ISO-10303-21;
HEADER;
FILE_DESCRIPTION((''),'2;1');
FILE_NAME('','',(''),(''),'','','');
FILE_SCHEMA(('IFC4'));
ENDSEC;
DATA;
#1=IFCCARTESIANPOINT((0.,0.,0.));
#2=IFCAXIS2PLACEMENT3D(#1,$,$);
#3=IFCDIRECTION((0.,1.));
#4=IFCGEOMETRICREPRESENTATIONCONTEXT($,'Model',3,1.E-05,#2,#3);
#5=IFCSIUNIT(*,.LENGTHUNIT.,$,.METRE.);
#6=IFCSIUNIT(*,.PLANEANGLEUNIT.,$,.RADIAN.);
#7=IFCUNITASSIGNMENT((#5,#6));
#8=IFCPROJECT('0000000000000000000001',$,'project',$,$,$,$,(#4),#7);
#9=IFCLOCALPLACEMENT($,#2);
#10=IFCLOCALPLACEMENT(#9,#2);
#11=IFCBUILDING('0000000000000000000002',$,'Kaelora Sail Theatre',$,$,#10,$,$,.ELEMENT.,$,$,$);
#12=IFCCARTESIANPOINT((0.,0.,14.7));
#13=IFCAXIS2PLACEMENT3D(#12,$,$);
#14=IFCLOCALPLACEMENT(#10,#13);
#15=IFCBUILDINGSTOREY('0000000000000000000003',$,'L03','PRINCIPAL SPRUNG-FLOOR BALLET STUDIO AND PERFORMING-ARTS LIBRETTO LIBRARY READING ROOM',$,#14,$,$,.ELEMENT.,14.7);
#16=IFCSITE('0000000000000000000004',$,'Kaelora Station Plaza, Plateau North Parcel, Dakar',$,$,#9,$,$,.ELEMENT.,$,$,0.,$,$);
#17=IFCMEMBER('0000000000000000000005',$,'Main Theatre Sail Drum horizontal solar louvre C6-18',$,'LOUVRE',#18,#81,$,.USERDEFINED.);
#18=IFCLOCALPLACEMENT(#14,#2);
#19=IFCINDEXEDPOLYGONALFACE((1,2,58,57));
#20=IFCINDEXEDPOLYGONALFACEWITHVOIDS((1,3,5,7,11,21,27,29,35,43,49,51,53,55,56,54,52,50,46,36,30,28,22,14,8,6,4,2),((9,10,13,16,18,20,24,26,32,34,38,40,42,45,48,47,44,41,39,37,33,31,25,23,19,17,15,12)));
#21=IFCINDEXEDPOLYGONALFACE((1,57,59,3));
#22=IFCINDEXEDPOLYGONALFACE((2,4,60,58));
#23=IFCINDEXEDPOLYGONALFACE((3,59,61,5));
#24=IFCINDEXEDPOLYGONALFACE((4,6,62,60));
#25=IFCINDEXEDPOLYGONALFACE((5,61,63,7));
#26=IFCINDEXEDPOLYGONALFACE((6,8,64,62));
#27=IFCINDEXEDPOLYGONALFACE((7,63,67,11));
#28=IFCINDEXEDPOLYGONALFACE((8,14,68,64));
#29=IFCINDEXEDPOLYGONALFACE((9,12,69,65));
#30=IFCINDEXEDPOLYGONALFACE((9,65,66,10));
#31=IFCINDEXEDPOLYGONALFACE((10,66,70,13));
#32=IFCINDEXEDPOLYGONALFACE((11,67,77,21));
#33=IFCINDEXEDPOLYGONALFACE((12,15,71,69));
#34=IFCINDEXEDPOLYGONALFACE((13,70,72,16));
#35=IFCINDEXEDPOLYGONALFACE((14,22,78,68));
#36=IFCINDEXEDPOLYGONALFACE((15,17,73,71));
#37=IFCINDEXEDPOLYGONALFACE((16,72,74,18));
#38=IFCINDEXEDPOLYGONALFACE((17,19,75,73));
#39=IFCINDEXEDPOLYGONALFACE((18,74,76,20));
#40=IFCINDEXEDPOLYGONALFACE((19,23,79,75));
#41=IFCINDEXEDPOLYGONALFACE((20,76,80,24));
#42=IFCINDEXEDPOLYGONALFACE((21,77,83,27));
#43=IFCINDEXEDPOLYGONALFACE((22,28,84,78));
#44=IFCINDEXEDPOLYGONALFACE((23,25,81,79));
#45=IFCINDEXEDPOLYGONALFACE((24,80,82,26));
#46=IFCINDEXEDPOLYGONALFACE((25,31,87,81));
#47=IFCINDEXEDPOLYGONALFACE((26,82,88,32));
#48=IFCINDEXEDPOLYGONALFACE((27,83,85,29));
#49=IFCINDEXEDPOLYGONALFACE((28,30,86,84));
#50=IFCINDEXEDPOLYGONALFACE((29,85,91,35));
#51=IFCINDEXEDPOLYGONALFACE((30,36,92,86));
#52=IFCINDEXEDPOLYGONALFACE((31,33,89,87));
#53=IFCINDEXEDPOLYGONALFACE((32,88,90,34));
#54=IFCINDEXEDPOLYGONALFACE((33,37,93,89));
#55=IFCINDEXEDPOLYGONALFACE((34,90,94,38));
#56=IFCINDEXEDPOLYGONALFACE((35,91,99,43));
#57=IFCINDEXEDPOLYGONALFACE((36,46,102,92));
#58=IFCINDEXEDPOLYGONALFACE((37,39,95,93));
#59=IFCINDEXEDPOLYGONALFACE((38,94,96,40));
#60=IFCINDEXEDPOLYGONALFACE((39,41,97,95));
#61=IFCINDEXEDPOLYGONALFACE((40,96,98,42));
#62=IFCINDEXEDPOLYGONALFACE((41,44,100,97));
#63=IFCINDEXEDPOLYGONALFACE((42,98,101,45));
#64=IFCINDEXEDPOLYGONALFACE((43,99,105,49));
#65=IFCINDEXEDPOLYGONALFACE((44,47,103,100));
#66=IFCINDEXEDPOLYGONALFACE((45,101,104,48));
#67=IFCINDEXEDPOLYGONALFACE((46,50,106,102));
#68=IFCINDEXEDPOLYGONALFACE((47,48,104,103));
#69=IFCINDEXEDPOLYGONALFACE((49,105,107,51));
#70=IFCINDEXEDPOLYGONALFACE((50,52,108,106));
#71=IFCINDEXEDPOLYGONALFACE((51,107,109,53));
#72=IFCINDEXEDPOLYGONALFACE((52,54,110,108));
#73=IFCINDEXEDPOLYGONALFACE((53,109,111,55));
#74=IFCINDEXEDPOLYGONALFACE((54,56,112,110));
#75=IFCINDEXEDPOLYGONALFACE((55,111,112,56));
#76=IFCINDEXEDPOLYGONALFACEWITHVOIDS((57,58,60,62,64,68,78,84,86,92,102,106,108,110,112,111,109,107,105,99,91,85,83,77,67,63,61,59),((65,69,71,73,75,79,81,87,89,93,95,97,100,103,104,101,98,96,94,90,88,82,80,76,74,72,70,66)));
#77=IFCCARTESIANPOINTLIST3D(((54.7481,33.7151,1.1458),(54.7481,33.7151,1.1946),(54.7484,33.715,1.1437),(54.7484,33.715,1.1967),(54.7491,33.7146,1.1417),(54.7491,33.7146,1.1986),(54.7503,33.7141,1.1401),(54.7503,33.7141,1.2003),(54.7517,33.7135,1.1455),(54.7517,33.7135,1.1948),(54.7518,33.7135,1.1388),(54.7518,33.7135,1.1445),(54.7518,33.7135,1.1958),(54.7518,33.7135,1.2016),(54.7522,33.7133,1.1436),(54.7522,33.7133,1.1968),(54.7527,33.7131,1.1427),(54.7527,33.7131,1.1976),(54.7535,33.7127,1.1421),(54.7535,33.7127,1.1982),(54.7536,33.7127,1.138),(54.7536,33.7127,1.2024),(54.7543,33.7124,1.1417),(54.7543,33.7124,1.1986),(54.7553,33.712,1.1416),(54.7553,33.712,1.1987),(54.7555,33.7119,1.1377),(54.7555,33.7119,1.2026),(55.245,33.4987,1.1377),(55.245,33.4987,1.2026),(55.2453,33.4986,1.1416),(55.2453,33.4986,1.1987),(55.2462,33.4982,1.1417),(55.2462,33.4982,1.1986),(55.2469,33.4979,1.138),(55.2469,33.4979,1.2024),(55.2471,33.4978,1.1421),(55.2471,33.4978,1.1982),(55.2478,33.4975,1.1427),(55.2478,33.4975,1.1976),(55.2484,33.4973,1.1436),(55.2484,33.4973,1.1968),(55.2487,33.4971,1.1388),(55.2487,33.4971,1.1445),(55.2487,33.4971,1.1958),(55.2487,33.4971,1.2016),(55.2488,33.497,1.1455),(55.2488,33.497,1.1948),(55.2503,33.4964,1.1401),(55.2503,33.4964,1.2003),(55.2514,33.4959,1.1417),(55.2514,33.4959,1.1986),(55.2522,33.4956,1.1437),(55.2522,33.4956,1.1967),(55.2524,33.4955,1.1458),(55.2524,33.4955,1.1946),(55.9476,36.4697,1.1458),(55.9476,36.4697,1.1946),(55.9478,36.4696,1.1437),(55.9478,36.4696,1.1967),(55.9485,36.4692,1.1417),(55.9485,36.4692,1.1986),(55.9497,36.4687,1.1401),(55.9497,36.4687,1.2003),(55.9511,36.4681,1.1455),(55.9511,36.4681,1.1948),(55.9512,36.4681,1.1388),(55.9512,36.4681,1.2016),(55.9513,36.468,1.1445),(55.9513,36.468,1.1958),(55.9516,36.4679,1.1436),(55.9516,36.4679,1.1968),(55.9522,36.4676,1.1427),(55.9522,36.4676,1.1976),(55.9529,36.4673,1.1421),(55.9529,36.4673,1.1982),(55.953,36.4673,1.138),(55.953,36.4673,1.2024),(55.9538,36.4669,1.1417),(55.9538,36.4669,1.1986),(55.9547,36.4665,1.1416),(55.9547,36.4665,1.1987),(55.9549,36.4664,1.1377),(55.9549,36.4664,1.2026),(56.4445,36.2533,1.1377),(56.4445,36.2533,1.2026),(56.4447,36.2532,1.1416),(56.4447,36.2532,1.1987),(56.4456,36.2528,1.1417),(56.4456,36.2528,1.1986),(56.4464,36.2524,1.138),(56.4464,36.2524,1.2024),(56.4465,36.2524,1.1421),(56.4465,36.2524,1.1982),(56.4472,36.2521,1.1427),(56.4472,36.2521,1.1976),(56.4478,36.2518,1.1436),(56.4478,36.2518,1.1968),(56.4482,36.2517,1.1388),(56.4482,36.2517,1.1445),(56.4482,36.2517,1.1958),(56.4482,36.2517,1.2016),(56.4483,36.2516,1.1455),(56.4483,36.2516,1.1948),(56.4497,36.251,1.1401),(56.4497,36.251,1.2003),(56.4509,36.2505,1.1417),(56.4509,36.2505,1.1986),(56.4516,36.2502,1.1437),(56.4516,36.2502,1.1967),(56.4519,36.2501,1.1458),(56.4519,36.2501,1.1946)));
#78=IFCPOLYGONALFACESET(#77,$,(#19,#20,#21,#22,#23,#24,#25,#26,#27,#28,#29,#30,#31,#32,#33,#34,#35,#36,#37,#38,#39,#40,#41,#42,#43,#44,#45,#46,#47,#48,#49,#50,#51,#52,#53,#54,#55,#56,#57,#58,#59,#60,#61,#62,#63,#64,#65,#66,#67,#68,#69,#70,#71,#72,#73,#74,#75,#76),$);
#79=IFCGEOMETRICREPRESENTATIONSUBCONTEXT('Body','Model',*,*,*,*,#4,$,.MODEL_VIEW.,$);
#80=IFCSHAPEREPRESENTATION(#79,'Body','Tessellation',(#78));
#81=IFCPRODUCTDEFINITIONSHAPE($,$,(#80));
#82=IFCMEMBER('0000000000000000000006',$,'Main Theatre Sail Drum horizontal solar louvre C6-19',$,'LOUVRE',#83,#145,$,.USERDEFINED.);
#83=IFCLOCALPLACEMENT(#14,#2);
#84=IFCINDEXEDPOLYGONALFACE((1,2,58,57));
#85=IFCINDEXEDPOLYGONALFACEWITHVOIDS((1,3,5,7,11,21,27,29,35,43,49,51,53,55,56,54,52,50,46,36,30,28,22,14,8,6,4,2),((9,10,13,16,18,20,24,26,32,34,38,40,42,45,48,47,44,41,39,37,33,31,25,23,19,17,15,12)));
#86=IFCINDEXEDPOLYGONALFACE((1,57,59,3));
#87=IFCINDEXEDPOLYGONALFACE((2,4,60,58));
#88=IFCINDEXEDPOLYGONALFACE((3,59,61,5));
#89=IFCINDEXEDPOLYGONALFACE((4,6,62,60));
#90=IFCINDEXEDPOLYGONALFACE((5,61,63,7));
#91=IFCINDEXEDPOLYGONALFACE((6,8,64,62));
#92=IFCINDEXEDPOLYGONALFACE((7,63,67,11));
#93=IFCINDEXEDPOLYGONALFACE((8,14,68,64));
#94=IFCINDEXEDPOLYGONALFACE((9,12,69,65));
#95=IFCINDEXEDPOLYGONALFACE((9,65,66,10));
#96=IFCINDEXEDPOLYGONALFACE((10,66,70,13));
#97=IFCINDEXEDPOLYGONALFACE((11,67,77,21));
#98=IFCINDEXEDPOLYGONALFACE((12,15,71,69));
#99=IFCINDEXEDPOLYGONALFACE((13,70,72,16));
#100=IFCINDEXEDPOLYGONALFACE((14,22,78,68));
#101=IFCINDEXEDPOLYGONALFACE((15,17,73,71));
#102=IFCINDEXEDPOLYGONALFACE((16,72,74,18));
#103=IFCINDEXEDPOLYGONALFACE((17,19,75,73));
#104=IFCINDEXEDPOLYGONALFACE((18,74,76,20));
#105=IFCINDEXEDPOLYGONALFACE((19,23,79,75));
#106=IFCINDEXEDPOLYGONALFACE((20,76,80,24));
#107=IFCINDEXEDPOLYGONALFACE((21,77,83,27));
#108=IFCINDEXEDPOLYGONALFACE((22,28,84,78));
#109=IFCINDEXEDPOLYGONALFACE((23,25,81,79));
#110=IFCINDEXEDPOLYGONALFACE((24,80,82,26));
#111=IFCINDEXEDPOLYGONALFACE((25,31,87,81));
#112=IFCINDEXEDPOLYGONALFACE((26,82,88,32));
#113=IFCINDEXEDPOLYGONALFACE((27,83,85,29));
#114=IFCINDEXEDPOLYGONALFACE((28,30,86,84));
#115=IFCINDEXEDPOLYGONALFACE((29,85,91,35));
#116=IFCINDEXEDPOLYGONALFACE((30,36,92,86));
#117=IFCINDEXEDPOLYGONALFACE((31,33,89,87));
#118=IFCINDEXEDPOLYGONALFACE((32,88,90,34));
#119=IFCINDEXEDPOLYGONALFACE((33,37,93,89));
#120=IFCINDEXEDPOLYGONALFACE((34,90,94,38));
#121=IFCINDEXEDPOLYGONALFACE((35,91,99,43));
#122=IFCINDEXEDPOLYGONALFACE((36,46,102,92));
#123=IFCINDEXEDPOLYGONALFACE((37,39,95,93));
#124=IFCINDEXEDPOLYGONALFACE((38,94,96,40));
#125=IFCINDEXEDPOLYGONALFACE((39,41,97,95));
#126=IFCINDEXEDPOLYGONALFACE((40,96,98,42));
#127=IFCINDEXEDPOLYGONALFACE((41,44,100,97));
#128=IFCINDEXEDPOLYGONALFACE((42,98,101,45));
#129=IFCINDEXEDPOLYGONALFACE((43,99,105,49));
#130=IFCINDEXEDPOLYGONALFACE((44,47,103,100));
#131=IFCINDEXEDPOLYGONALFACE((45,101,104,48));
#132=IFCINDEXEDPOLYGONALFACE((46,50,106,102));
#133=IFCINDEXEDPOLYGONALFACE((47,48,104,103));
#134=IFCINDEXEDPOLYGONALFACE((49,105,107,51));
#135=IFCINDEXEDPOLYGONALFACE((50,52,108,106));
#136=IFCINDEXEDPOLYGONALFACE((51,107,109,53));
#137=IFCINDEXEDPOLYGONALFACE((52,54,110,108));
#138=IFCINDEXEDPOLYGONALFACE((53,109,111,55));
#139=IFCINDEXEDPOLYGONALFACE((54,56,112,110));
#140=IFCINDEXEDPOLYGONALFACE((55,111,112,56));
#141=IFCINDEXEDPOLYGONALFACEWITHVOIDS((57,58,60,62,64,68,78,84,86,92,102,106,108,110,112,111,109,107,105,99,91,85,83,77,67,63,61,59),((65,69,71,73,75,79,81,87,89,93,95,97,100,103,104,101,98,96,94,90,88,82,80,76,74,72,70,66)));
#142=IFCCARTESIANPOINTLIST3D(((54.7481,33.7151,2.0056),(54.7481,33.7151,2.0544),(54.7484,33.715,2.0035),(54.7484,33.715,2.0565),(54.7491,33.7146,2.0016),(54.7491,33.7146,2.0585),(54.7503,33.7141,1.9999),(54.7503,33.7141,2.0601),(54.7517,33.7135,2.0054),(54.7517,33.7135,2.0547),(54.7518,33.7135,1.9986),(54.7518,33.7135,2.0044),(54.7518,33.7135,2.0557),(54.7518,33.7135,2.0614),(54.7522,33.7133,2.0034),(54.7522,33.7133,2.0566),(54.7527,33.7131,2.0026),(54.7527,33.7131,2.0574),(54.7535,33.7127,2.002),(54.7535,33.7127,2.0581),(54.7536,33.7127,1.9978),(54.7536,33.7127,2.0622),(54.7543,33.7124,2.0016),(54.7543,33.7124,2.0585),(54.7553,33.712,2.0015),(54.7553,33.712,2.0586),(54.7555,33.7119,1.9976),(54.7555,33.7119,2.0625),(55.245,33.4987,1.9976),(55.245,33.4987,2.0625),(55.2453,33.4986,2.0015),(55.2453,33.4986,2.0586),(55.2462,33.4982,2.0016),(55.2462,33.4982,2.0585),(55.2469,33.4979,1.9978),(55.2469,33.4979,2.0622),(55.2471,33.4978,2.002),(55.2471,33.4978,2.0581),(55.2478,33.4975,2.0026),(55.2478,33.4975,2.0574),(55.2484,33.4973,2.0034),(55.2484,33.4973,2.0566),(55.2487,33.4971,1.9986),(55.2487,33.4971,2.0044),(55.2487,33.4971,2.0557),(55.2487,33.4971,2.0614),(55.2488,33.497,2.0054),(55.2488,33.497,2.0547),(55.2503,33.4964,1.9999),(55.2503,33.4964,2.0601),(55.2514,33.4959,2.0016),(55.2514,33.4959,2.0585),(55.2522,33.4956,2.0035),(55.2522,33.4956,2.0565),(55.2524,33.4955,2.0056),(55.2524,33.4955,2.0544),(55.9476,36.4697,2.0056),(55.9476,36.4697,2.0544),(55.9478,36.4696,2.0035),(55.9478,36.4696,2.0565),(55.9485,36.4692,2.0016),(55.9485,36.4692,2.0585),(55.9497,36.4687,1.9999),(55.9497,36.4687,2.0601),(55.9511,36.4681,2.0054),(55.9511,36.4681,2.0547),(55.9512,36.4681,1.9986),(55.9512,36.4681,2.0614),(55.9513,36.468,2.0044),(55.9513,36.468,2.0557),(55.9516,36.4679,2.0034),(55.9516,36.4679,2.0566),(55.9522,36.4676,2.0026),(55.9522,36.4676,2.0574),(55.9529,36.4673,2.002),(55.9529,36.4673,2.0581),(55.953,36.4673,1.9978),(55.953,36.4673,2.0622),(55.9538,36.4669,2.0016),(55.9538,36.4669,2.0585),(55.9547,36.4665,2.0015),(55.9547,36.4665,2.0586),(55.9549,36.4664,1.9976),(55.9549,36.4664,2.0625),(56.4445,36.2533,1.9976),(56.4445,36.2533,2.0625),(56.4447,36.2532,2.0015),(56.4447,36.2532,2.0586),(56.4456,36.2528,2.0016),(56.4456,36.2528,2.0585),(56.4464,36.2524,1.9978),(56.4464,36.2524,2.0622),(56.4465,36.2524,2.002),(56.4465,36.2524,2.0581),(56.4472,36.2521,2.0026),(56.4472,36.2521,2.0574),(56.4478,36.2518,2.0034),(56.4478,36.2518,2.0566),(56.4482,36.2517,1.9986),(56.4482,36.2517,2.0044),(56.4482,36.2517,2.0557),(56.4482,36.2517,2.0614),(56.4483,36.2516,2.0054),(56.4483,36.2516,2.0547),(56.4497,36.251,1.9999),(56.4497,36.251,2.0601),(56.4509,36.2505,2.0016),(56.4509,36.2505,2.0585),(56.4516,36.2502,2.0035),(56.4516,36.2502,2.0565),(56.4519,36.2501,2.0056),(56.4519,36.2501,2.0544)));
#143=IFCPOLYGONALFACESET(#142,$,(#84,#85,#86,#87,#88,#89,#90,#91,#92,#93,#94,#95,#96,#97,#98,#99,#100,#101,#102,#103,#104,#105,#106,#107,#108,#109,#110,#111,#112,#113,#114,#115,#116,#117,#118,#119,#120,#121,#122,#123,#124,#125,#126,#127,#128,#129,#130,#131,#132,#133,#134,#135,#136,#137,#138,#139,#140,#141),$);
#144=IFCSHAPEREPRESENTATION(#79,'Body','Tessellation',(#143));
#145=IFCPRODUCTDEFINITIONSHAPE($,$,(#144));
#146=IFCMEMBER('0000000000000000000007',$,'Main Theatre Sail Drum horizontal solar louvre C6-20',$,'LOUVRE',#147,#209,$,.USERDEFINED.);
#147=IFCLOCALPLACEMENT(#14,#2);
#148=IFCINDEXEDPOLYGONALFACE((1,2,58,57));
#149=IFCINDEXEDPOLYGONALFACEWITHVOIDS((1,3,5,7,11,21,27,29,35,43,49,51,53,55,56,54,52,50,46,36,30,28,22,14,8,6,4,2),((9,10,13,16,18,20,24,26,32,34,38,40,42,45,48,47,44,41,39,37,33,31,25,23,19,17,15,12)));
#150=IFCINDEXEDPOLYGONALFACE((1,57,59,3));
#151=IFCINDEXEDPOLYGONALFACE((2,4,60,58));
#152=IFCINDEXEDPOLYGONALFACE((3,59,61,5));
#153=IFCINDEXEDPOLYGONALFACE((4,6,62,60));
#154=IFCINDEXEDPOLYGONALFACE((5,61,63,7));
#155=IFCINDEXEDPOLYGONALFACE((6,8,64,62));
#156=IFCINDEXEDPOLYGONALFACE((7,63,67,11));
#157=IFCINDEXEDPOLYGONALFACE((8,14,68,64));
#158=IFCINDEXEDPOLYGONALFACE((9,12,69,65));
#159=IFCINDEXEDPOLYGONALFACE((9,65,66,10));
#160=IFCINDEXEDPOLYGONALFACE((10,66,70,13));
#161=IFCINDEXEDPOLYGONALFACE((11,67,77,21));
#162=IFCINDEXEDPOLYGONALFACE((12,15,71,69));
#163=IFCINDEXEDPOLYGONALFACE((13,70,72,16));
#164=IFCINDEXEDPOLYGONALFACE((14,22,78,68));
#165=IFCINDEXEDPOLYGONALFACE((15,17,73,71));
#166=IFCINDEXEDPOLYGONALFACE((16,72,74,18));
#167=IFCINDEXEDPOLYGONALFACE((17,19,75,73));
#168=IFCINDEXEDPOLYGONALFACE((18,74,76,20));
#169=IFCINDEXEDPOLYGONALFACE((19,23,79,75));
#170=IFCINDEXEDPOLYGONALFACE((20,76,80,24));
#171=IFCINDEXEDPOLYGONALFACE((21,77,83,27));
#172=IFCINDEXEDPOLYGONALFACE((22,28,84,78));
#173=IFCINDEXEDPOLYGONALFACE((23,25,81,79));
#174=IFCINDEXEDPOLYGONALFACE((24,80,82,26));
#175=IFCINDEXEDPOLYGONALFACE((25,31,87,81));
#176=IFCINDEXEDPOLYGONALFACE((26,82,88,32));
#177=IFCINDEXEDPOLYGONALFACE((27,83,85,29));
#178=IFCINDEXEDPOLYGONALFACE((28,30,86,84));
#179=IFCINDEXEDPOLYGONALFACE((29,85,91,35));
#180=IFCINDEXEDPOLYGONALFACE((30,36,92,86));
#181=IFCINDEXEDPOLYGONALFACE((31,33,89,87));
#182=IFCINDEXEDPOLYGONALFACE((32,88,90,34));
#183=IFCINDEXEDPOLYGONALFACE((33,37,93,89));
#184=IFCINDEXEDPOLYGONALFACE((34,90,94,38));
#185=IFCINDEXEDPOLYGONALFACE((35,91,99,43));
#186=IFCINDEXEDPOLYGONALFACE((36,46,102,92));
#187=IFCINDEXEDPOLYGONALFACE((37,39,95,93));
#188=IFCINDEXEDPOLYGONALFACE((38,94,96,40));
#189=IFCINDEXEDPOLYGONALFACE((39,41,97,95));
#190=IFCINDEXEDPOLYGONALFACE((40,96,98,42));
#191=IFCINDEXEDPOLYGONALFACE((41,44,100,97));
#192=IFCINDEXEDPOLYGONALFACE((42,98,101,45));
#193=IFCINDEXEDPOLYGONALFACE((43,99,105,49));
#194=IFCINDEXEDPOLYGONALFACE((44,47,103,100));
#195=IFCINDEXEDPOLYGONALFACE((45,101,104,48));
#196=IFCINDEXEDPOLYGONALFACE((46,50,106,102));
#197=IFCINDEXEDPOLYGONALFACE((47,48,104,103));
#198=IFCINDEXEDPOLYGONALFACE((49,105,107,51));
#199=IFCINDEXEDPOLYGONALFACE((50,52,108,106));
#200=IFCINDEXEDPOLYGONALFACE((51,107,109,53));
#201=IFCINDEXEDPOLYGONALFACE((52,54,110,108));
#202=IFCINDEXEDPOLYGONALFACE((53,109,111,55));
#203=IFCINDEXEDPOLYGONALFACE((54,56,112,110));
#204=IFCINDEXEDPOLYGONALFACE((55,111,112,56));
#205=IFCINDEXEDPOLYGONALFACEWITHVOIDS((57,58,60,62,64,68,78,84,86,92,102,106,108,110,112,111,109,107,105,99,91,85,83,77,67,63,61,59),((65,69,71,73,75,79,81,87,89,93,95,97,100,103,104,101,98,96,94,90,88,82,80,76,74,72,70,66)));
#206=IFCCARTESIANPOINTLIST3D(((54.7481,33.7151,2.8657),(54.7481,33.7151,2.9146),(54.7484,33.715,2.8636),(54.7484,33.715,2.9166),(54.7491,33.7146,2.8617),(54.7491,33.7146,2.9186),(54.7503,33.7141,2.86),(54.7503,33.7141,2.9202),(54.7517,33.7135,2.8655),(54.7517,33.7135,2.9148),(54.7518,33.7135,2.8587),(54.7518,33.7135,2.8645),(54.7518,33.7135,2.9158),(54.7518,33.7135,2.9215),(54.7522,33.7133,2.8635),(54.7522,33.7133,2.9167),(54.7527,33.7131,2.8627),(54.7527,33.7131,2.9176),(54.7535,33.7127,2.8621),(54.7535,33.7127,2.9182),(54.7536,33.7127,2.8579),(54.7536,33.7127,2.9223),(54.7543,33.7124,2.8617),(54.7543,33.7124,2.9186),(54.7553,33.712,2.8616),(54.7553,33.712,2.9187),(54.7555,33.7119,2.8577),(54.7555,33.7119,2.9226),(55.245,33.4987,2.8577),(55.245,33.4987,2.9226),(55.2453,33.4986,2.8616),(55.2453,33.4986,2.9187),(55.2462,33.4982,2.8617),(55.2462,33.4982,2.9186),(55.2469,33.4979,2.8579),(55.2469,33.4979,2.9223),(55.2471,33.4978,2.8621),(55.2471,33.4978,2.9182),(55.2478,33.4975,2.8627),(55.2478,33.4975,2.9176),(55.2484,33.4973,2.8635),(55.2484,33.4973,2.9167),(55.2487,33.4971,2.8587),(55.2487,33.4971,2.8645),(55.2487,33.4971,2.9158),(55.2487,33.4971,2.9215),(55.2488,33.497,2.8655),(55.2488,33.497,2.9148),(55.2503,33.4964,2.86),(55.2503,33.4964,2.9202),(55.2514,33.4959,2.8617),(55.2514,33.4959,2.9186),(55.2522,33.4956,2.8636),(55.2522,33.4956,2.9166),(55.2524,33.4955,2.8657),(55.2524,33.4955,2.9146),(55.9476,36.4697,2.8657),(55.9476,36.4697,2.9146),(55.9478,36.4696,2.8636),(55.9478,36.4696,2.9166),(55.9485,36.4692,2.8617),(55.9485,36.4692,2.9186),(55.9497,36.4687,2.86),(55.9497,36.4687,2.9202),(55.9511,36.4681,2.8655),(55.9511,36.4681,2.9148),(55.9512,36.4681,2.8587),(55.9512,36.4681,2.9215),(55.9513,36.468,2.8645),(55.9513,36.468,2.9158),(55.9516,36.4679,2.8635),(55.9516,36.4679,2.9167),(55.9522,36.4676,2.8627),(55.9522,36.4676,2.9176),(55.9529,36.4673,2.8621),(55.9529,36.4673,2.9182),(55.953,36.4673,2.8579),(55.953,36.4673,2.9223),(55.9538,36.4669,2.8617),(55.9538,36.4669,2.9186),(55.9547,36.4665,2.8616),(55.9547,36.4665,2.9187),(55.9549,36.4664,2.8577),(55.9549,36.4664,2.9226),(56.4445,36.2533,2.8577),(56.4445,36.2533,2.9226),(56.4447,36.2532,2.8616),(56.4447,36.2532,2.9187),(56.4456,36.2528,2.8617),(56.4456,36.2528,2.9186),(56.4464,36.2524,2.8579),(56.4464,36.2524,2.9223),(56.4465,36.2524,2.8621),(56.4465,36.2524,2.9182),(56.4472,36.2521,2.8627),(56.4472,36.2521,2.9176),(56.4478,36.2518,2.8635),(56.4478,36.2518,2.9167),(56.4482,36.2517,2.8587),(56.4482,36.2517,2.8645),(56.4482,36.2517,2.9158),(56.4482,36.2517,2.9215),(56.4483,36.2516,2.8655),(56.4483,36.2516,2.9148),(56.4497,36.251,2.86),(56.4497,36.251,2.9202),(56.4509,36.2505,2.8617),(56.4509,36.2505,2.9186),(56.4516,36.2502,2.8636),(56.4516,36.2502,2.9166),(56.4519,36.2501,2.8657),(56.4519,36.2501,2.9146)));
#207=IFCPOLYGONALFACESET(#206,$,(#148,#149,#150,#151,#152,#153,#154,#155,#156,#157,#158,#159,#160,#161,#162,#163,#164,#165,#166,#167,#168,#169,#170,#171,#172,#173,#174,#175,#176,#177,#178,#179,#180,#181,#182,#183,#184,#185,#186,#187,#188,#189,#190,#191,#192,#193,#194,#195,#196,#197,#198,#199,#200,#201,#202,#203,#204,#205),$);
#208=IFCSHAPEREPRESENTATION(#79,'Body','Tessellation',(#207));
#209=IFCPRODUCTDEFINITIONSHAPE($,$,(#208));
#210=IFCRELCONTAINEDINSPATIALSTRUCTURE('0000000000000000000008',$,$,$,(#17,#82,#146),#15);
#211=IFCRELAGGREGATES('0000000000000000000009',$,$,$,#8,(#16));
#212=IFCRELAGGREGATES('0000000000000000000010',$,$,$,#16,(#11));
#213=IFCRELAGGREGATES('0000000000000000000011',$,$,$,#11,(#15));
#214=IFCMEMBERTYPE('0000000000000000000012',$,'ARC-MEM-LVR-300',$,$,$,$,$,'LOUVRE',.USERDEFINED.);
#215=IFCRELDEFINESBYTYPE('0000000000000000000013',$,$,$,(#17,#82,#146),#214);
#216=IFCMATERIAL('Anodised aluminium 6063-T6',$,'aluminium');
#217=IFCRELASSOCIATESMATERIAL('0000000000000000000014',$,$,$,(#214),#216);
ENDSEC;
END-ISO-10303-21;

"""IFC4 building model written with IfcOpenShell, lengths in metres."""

from ifc_helpers import new_model, si_unit, direction, frame, origin, origin_2d, place, context, subcontext, project, spatial, hollow_rectangle, extrude, material, material_profile, profile_set, type_object, element, save


model = new_model("IFC4")

# Units and contexts
model_context = context("Model", 3, precision=1e-05, world=origin(), true_north=direction((0.0, 1.0)))
body_context = subcontext(model_context, "Body", "Model", "MODEL_VIEW")
ifc_project = project(units=[si_unit("LENGTHUNIT", "METRE"), si_unit("PLANEANGLEUNIT", "RADIAN")], contexts=[model_context])

# Site, building, storey
site_placement = place(None, origin())
site = spatial("IfcSite", under=ifc_project, at=site_placement, Name="Kaelora Station Plaza, Plateau North Parcel, Dakar", CompositionType="ELEMENT", RefElevation=0.0)
building_placement = place(site_placement, origin())
building = spatial("IfcBuilding", under=site, at=building_placement, Name="Kaelora Sail Theatre", CompositionType="ELEMENT")
storey_placement = place(building_placement, frame((0.0, 0.0, 14.7)))
storey = spatial("IfcBuildingStorey", under=building, at=storey_placement, Name="L03", Description="PRINCIPAL SPRUNG-FLOOR BALLET STUDIO AND PERFORMING-ARTS LIBRETTO LIBRARY READING ROOM", CompositionType="ELEMENT", Elevation=14.7)

# Members
ifc_material_1 = material(Name="Anodised aluminium 6063-T6", Category="aluminium")
ifc_material_profile_1 = material_profile(ifc_material_1, hollow_rectangle(XDim=0.55, YDim=0.0649, WallThickness=0.0039, InnerFilletRadius=0.0039, OuterFilletRadius=0.0081, at=origin_2d()), Name="LOUVRE 550x65x4")
ifc_profile_set_1 = profile_set([ifc_material_profile_1], Name="Anodised aluminium 6063-T6")
member_type = type_object("IfcMemberType", Name="ARC-MEM-LVR-300", ElementType="LOUVRE", PredefinedType="USERDEFINED", material=ifc_profile_set_1)
for number, where, z_axis, x_axis, name in (
    (1, (56.1997, 36.3599, 1.1702), (-0.399228, -0.916852, 0.0), (0.916852, -0.399228, 0.0), "Main Theatre Sail Drum horizontal solar louvre C6-18"),
    (2, (56.1997, 36.3599, 2.03), (-0.399228, -0.916852, 0.0), (0.916852, -0.399228, 0.0), "Main Theatre Sail Drum horizontal solar louvre C6-19"),
    (3, (56.1997, 36.3599, 2.8901), (-0.399228, -0.916852, 0.0), (0.916852, -0.399228, 0.0), "Main Theatre Sail Drum horizontal solar louvre C6-20"),
):
    element("IfcMember", number, at=place(storey_placement, frame(where, z_axis=z_axis, x_axis=x_axis)), inside=storey, type_object=member_type, Name=name, ObjectType="LOUVRE", PredefinedType="USERDEFINED", context=body_context, shape_type="SweptSolid", body=[
        extrude(hollow_rectangle(XDim=0.55, YDim=0.0649, WallThickness=0.0039, InnerFilletRadius=0.0039, OuterFilletRadius=0.0081, at=origin_2d()), origin(), (0.0, 0.0, 1.0), 3.0044),
    ])

save(model, "model.ifc")
